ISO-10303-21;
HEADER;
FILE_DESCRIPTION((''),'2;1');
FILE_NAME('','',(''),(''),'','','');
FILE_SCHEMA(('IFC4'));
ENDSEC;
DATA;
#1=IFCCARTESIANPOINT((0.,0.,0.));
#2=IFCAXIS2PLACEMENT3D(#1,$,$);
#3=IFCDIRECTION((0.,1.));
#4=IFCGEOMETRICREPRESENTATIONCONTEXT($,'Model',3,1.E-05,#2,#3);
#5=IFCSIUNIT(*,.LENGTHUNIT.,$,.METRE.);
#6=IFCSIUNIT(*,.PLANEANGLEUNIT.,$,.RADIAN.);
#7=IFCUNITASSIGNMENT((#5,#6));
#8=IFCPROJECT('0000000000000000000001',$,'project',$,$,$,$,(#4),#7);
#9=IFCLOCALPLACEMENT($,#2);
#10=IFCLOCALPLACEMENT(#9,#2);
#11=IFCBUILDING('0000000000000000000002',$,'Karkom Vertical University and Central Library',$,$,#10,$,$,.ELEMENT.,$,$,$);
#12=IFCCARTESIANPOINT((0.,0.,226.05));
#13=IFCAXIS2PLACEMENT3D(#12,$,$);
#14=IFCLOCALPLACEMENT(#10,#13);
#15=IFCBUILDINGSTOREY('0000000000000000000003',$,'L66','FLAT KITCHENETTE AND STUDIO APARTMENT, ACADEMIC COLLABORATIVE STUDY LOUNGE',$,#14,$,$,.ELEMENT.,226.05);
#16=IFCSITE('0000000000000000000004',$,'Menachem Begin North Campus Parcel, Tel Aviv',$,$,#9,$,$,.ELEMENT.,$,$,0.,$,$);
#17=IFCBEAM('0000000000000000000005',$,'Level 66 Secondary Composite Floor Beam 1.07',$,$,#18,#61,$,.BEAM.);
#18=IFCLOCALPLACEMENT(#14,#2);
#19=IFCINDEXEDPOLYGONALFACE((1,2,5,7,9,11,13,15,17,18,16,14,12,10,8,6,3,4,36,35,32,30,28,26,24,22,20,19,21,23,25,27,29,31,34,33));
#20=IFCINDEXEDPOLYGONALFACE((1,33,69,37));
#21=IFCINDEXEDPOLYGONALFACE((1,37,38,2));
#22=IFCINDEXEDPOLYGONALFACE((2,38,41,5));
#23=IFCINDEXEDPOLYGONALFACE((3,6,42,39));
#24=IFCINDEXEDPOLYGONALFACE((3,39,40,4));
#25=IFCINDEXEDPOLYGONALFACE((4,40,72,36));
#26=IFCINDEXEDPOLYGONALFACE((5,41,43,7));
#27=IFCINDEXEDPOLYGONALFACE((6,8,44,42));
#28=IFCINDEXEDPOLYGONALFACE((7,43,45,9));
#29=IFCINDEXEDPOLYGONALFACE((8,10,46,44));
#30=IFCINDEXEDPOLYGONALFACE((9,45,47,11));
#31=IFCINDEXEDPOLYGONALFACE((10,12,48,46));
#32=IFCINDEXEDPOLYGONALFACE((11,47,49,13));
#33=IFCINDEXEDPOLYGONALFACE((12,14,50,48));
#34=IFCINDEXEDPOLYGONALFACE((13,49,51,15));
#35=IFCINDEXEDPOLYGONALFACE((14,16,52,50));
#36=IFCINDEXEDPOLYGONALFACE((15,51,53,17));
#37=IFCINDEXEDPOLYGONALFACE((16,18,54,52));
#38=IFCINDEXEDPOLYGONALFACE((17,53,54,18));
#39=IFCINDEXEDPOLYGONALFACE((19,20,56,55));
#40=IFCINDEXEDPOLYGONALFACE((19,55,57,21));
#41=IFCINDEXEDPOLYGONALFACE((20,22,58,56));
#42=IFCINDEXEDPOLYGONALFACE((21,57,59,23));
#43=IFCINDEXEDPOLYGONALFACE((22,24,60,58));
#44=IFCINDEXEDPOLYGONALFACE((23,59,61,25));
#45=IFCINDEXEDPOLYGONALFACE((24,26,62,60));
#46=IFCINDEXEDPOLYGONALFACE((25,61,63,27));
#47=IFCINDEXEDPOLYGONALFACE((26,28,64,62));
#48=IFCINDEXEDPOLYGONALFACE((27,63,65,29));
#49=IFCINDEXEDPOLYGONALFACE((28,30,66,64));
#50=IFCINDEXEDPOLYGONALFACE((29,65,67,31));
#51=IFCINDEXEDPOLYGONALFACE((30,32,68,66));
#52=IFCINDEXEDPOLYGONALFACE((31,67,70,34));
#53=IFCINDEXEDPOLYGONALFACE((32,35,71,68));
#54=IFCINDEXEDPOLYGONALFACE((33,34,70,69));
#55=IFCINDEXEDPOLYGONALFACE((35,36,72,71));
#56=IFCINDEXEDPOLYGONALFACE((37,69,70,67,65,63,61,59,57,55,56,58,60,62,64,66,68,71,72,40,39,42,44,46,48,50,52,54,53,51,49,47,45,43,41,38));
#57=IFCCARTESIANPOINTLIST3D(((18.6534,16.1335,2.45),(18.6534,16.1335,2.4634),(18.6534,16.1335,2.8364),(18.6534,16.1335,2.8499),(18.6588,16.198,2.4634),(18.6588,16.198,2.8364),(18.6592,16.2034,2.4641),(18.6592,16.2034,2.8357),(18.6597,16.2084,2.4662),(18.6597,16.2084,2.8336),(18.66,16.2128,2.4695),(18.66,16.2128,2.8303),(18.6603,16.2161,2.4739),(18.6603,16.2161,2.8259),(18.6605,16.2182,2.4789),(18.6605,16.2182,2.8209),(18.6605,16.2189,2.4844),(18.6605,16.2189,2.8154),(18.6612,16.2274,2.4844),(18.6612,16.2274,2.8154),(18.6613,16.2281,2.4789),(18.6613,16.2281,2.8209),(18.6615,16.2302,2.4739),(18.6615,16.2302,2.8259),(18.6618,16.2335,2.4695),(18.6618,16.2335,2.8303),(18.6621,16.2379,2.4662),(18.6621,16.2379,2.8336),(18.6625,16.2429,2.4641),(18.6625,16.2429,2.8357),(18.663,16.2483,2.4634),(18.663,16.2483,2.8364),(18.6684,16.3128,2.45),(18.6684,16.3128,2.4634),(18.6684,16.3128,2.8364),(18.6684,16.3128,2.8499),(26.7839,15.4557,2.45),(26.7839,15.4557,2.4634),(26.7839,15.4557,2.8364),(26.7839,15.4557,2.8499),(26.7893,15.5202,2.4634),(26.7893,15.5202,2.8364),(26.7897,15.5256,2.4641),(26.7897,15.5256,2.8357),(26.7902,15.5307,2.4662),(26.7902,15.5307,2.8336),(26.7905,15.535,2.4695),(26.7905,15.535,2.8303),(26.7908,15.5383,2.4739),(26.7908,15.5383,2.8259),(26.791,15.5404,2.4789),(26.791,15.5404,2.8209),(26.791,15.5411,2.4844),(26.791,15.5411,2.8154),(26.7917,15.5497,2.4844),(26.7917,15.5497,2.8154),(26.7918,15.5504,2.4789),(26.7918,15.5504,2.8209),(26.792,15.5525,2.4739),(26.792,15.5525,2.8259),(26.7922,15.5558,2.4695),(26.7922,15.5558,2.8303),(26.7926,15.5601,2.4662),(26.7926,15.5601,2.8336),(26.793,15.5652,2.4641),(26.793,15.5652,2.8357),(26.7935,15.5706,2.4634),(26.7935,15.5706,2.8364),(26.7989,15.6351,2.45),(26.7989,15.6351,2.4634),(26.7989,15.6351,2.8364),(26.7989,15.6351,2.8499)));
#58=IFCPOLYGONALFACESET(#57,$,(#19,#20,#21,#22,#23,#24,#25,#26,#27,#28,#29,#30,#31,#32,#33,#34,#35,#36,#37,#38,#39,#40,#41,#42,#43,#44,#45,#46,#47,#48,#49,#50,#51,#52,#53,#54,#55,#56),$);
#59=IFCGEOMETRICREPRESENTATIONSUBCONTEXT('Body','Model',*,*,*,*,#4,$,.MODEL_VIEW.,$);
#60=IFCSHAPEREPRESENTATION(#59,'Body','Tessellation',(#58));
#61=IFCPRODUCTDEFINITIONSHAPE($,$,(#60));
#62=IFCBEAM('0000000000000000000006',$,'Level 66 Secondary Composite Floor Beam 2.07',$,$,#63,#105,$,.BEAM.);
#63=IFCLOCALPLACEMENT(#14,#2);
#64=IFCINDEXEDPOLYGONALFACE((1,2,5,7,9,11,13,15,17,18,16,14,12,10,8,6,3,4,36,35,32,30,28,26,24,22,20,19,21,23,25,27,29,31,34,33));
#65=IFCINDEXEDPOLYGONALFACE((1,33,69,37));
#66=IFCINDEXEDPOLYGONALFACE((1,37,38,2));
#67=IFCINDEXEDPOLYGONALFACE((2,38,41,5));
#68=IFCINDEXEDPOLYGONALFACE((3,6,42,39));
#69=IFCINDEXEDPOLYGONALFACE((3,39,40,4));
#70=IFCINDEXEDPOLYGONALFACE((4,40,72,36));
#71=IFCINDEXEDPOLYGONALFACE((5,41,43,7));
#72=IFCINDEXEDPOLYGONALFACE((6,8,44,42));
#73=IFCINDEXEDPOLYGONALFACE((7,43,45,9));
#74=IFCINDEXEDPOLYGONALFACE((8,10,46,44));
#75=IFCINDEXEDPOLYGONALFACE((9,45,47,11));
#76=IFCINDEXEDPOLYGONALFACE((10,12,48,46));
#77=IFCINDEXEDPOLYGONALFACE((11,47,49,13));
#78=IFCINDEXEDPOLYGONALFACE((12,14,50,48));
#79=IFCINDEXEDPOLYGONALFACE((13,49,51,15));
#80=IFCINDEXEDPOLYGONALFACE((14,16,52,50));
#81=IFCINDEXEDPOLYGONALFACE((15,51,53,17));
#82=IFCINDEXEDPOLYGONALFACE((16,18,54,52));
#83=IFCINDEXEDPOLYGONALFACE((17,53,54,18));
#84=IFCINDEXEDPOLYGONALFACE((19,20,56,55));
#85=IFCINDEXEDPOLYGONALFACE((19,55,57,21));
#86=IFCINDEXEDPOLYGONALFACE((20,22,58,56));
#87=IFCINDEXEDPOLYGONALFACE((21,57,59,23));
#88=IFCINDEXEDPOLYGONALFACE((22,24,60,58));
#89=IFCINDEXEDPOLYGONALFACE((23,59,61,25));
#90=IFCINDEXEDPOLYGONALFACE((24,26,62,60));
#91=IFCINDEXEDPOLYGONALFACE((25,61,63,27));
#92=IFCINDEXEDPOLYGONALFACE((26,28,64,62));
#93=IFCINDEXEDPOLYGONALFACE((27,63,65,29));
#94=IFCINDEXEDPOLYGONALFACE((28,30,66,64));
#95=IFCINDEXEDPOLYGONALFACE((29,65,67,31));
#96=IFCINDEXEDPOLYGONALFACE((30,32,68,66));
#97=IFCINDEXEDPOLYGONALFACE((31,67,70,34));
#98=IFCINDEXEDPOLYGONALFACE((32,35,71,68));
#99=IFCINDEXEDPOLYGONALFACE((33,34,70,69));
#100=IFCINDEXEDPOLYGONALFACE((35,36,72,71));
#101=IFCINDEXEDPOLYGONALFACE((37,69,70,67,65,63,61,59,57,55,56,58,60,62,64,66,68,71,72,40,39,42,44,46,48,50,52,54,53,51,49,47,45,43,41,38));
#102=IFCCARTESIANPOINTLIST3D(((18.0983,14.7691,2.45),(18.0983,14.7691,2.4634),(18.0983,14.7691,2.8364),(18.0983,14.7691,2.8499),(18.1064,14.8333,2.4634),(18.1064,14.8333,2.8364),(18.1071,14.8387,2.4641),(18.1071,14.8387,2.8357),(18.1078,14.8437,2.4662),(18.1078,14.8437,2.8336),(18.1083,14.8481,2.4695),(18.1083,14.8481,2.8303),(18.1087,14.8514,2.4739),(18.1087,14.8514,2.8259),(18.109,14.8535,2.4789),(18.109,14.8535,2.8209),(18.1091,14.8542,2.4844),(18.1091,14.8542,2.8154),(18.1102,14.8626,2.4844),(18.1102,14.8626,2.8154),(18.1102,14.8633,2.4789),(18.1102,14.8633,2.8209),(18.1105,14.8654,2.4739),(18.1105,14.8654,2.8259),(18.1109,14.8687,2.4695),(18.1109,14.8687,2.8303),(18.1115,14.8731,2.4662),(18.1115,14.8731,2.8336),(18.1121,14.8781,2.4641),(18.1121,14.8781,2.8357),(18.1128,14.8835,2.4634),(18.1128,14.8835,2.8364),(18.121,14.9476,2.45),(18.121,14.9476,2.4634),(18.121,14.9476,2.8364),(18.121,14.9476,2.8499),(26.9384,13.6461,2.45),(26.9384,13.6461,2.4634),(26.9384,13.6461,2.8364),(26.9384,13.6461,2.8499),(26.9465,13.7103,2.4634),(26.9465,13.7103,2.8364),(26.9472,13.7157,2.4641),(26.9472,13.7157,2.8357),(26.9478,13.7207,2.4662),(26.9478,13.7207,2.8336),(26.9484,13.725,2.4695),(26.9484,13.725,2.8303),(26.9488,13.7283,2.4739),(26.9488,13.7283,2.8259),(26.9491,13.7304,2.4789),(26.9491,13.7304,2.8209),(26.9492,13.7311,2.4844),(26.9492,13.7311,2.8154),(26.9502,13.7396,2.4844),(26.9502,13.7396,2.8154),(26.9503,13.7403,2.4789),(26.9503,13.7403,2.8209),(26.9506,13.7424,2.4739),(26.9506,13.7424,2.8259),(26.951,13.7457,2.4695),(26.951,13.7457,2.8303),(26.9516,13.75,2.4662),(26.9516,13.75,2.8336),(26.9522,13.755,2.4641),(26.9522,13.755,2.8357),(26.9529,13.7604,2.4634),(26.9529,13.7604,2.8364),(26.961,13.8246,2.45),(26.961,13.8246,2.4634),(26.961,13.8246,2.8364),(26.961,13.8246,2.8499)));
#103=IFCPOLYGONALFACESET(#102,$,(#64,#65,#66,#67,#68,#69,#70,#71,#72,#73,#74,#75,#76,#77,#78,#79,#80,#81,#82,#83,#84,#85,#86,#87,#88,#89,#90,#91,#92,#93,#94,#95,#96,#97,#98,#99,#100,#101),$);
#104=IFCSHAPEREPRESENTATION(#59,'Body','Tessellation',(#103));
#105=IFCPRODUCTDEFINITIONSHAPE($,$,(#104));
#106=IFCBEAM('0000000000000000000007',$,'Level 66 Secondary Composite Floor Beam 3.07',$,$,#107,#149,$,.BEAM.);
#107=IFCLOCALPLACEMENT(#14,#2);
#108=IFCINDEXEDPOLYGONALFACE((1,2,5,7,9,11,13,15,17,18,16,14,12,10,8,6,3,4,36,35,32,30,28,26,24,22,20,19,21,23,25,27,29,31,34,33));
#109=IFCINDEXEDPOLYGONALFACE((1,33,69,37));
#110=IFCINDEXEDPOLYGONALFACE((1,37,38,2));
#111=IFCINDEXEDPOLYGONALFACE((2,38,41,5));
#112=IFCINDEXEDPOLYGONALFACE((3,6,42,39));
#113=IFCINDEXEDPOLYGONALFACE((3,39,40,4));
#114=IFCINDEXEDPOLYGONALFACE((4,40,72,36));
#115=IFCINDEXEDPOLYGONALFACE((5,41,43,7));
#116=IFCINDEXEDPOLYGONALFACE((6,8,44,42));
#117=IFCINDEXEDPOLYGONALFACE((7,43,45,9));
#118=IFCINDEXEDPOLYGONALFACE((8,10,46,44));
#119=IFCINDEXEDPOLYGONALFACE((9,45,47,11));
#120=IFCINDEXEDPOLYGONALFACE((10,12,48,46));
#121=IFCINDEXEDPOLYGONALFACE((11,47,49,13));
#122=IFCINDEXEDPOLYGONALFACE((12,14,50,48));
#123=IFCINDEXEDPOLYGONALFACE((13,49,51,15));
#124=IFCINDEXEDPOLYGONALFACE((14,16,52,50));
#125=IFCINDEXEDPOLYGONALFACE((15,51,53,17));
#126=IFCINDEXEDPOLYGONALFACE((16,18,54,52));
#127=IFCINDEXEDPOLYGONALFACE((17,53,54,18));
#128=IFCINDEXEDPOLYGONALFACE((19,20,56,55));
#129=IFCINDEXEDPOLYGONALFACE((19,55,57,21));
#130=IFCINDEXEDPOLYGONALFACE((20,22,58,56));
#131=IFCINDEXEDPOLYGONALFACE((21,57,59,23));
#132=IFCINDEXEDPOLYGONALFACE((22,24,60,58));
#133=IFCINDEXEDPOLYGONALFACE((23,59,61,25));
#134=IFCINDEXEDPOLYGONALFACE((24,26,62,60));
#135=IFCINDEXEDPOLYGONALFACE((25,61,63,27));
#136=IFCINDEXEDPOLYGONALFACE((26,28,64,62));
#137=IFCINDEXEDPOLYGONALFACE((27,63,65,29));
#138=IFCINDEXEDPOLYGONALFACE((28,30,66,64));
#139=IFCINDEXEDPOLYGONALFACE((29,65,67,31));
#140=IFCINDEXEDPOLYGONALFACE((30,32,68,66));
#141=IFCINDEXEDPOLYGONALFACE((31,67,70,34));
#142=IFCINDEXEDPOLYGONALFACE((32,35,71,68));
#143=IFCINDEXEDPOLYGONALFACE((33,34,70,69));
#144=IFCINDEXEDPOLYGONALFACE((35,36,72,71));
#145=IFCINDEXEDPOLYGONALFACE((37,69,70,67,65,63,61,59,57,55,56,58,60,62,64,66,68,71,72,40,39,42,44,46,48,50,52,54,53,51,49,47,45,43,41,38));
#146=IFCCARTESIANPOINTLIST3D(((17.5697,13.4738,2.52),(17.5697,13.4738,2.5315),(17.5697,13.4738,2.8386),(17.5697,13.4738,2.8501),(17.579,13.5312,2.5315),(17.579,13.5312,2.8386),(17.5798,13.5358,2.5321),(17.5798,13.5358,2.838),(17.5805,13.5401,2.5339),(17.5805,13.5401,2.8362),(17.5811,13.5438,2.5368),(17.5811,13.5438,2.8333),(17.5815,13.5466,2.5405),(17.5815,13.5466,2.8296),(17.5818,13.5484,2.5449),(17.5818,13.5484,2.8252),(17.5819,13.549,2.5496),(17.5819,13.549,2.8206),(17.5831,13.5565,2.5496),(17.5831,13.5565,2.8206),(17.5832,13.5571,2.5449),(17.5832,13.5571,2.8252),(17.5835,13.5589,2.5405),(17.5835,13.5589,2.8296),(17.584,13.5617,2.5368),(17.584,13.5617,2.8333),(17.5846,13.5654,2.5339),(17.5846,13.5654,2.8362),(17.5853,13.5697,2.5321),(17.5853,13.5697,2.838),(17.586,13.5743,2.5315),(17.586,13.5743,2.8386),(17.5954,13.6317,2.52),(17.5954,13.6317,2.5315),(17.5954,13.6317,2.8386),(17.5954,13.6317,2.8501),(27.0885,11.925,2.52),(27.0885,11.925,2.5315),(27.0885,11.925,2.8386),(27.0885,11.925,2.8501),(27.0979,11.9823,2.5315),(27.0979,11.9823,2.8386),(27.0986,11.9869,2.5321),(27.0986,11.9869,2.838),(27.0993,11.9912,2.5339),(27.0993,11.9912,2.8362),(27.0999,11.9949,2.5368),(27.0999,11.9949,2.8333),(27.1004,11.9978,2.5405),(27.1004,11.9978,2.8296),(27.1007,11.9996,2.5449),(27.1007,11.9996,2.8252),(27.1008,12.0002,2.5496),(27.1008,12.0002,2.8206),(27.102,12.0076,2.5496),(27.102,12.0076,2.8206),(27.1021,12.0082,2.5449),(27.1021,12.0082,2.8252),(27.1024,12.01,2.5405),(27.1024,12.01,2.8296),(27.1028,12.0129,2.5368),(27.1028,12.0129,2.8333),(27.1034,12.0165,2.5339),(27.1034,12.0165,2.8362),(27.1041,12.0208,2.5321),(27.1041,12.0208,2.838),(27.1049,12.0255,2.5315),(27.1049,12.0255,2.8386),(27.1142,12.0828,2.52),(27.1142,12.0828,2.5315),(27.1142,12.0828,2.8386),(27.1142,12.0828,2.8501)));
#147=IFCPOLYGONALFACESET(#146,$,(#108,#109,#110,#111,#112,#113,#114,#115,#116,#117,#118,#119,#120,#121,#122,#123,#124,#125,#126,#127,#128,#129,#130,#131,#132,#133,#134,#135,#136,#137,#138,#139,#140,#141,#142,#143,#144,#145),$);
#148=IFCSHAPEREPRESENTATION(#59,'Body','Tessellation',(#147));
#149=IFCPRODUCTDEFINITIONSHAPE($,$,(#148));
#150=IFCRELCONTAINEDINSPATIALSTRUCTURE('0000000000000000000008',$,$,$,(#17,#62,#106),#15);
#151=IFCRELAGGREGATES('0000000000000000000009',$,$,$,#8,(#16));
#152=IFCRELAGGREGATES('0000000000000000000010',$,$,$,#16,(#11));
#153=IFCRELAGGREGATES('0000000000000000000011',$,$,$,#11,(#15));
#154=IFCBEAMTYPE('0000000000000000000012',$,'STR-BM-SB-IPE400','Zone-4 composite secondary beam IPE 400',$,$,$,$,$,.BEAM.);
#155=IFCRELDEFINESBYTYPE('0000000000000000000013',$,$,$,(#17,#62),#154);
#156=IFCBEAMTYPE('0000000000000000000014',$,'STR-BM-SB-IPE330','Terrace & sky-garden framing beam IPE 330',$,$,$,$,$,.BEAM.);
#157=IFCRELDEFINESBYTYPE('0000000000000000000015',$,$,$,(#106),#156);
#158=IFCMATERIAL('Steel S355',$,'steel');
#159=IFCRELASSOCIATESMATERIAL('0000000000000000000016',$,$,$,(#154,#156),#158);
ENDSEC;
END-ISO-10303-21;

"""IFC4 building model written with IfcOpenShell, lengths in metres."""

from ifc_helpers import new_model, si_unit, direction, frame, origin, origin_with_axes, origin_2d, place, context, subcontext, project, spatial, i_section, extrude, source, transform, mapped, material, material_profile, profile_set, type_object, element, save


model = new_model("IFC4")

# Units and contexts
model_context = context("Model", 3, precision=1e-05, world=origin(), true_north=direction((0.0, 1.0)))
body_context = subcontext(model_context, "Body", "Model", "MODEL_VIEW")
ifc_project = project(units=[si_unit("LENGTHUNIT", "METRE"), si_unit("PLANEANGLEUNIT", "RADIAN")], contexts=[model_context])

# Site, building, storey
site_placement = place(None, origin())
site = spatial("IfcSite", under=ifc_project, at=site_placement, Name="Menachem Begin North Campus Parcel, Tel Aviv", CompositionType="ELEMENT", RefElevation=0.0)
building_placement = place(site_placement, origin())
building = spatial("IfcBuilding", under=site, at=building_placement, Name="Karkom Vertical University and Central Library", CompositionType="ELEMENT")
storey_placement = place(building_placement, frame((0.0, 0.0, 226.05)))
storey = spatial("IfcBuildingStorey", under=building, at=storey_placement, Name="L66", Description="FLAT KITCHENETTE AND STUDIO APARTMENT, ACADEMIC COLLABORATIVE STUDY LOUNGE", CompositionType="ELEMENT", Elevation=226.05)

# Beams
ifc_material_1 = material(Name="Steel S355", Category="steel")
ifc_material_profile_1 = material_profile(ifc_material_1, i_section(OverallWidth=0.1799, OverallDepth=0.3999, WebThickness=0.0085, FlangeThickness=0.0134, FilletRadius=0.021, at=origin_2d()), Name="IPE 400")
ifc_profile_set_1 = profile_set([ifc_material_profile_1], Name="Steel S355")
beam_type_1 = type_object("IfcBeamType", Name="STR-BM-SB-IPE400", Description="Zone-4 composite secondary beam IPE 400", PredefinedType="BEAM", material=ifc_profile_set_1)
shared_shape_1 = source(origin_with_axes(), body_context, "Body", "SweptSolid", [
    extrude(i_section(OverallWidth=0.1799, OverallDepth=0.3999, WebThickness=0.0085, FlangeThickness=0.0134, FilletRadius=0.021, at=origin_2d()), origin(), (0.0, 0.0, 1.0), 8.1587),
])
beam_1_placement = place(storey_placement, frame((18.6609, 16.2231, 2.6499), z_axis=(0.996544, -0.08307, 0.0), x_axis=(0.08307, 0.996544, 0.0)))
element("IfcBeam", 1, at=beam_1_placement, inside=storey, type_object=beam_type_1, Name="Level 66 Secondary Composite Floor Beam 1.07", PredefinedType="BEAM", context=body_context, shape_type="MappedRepresentation", body=[
    mapped(shared_shape_1, transform((0.0, 0.0, 0.0), scale=1.0)),
])
shared_shape_2 = source(origin_with_axes(), body_context, "Body", "SweptSolid", [
    extrude(i_section(OverallWidth=0.1799, OverallDepth=0.3999, WebThickness=0.0085, FlangeThickness=0.0134, FilletRadius=0.021, at=origin_2d()), origin(), (0.0, 0.0, 1.0), 8.9111),
])
beam_2_placement = place(storey_placement, frame((18.1096, 14.8584, 2.6499), z_axis=(0.992027, -0.126027, 0.0), x_axis=(0.126027, 0.992027, 0.0)))
element("IfcBeam", 2, at=beam_2_placement, inside=storey, type_object=beam_type_1, Name="Level 66 Secondary Composite Floor Beam 2.07", PredefinedType="BEAM", context=body_context, shape_type="MappedRepresentation", body=[
    mapped(shared_shape_2, transform((0.0, 0.0, 0.0), scale=1.0)),
])
ifc_material_profile_2 = material_profile(ifc_material_1, i_section(OverallWidth=0.1599, OverallDepth=0.3301, WebThickness=0.0076, FlangeThickness=0.0115, FilletRadius=0.0181, at=origin_2d()), Name="IPE 330")
ifc_profile_set_2 = profile_set([ifc_material_profile_2], Name="Steel S355")
beam_type_2 = type_object("IfcBeamType", Name="STR-BM-SB-IPE330", Description="Terrace & sky-garden framing beam IPE 330", PredefinedType="BEAM", material=ifc_profile_set_2)
shared_shape_3 = source(origin_with_axes(), body_context, "Body", "SweptSolid", [
    extrude(i_section(OverallWidth=0.1599, OverallDepth=0.3301, WebThickness=0.0076, FlangeThickness=0.0115, FilletRadius=0.0181, at=origin_2d()), origin(), (0.0, 0.0, 1.0), 9.644),
])
beam_3_placement = place(storey_placement, frame((17.5825, 13.5527, 2.6851), z_axis=(0.987019, -0.1606, 0.0), x_axis=(0.1606, 0.987019, 0.0)))
element("IfcBeam", 3, at=beam_3_placement, inside=storey, type_object=beam_type_2, Name="Level 66 Secondary Composite Floor Beam 3.07", PredefinedType="BEAM", context=body_context, shape_type="MappedRepresentation", body=[
    mapped(shared_shape_3, transform((0.0, 0.0, 0.0), scale=1.0)),
])

save(model, "model.ifc")
